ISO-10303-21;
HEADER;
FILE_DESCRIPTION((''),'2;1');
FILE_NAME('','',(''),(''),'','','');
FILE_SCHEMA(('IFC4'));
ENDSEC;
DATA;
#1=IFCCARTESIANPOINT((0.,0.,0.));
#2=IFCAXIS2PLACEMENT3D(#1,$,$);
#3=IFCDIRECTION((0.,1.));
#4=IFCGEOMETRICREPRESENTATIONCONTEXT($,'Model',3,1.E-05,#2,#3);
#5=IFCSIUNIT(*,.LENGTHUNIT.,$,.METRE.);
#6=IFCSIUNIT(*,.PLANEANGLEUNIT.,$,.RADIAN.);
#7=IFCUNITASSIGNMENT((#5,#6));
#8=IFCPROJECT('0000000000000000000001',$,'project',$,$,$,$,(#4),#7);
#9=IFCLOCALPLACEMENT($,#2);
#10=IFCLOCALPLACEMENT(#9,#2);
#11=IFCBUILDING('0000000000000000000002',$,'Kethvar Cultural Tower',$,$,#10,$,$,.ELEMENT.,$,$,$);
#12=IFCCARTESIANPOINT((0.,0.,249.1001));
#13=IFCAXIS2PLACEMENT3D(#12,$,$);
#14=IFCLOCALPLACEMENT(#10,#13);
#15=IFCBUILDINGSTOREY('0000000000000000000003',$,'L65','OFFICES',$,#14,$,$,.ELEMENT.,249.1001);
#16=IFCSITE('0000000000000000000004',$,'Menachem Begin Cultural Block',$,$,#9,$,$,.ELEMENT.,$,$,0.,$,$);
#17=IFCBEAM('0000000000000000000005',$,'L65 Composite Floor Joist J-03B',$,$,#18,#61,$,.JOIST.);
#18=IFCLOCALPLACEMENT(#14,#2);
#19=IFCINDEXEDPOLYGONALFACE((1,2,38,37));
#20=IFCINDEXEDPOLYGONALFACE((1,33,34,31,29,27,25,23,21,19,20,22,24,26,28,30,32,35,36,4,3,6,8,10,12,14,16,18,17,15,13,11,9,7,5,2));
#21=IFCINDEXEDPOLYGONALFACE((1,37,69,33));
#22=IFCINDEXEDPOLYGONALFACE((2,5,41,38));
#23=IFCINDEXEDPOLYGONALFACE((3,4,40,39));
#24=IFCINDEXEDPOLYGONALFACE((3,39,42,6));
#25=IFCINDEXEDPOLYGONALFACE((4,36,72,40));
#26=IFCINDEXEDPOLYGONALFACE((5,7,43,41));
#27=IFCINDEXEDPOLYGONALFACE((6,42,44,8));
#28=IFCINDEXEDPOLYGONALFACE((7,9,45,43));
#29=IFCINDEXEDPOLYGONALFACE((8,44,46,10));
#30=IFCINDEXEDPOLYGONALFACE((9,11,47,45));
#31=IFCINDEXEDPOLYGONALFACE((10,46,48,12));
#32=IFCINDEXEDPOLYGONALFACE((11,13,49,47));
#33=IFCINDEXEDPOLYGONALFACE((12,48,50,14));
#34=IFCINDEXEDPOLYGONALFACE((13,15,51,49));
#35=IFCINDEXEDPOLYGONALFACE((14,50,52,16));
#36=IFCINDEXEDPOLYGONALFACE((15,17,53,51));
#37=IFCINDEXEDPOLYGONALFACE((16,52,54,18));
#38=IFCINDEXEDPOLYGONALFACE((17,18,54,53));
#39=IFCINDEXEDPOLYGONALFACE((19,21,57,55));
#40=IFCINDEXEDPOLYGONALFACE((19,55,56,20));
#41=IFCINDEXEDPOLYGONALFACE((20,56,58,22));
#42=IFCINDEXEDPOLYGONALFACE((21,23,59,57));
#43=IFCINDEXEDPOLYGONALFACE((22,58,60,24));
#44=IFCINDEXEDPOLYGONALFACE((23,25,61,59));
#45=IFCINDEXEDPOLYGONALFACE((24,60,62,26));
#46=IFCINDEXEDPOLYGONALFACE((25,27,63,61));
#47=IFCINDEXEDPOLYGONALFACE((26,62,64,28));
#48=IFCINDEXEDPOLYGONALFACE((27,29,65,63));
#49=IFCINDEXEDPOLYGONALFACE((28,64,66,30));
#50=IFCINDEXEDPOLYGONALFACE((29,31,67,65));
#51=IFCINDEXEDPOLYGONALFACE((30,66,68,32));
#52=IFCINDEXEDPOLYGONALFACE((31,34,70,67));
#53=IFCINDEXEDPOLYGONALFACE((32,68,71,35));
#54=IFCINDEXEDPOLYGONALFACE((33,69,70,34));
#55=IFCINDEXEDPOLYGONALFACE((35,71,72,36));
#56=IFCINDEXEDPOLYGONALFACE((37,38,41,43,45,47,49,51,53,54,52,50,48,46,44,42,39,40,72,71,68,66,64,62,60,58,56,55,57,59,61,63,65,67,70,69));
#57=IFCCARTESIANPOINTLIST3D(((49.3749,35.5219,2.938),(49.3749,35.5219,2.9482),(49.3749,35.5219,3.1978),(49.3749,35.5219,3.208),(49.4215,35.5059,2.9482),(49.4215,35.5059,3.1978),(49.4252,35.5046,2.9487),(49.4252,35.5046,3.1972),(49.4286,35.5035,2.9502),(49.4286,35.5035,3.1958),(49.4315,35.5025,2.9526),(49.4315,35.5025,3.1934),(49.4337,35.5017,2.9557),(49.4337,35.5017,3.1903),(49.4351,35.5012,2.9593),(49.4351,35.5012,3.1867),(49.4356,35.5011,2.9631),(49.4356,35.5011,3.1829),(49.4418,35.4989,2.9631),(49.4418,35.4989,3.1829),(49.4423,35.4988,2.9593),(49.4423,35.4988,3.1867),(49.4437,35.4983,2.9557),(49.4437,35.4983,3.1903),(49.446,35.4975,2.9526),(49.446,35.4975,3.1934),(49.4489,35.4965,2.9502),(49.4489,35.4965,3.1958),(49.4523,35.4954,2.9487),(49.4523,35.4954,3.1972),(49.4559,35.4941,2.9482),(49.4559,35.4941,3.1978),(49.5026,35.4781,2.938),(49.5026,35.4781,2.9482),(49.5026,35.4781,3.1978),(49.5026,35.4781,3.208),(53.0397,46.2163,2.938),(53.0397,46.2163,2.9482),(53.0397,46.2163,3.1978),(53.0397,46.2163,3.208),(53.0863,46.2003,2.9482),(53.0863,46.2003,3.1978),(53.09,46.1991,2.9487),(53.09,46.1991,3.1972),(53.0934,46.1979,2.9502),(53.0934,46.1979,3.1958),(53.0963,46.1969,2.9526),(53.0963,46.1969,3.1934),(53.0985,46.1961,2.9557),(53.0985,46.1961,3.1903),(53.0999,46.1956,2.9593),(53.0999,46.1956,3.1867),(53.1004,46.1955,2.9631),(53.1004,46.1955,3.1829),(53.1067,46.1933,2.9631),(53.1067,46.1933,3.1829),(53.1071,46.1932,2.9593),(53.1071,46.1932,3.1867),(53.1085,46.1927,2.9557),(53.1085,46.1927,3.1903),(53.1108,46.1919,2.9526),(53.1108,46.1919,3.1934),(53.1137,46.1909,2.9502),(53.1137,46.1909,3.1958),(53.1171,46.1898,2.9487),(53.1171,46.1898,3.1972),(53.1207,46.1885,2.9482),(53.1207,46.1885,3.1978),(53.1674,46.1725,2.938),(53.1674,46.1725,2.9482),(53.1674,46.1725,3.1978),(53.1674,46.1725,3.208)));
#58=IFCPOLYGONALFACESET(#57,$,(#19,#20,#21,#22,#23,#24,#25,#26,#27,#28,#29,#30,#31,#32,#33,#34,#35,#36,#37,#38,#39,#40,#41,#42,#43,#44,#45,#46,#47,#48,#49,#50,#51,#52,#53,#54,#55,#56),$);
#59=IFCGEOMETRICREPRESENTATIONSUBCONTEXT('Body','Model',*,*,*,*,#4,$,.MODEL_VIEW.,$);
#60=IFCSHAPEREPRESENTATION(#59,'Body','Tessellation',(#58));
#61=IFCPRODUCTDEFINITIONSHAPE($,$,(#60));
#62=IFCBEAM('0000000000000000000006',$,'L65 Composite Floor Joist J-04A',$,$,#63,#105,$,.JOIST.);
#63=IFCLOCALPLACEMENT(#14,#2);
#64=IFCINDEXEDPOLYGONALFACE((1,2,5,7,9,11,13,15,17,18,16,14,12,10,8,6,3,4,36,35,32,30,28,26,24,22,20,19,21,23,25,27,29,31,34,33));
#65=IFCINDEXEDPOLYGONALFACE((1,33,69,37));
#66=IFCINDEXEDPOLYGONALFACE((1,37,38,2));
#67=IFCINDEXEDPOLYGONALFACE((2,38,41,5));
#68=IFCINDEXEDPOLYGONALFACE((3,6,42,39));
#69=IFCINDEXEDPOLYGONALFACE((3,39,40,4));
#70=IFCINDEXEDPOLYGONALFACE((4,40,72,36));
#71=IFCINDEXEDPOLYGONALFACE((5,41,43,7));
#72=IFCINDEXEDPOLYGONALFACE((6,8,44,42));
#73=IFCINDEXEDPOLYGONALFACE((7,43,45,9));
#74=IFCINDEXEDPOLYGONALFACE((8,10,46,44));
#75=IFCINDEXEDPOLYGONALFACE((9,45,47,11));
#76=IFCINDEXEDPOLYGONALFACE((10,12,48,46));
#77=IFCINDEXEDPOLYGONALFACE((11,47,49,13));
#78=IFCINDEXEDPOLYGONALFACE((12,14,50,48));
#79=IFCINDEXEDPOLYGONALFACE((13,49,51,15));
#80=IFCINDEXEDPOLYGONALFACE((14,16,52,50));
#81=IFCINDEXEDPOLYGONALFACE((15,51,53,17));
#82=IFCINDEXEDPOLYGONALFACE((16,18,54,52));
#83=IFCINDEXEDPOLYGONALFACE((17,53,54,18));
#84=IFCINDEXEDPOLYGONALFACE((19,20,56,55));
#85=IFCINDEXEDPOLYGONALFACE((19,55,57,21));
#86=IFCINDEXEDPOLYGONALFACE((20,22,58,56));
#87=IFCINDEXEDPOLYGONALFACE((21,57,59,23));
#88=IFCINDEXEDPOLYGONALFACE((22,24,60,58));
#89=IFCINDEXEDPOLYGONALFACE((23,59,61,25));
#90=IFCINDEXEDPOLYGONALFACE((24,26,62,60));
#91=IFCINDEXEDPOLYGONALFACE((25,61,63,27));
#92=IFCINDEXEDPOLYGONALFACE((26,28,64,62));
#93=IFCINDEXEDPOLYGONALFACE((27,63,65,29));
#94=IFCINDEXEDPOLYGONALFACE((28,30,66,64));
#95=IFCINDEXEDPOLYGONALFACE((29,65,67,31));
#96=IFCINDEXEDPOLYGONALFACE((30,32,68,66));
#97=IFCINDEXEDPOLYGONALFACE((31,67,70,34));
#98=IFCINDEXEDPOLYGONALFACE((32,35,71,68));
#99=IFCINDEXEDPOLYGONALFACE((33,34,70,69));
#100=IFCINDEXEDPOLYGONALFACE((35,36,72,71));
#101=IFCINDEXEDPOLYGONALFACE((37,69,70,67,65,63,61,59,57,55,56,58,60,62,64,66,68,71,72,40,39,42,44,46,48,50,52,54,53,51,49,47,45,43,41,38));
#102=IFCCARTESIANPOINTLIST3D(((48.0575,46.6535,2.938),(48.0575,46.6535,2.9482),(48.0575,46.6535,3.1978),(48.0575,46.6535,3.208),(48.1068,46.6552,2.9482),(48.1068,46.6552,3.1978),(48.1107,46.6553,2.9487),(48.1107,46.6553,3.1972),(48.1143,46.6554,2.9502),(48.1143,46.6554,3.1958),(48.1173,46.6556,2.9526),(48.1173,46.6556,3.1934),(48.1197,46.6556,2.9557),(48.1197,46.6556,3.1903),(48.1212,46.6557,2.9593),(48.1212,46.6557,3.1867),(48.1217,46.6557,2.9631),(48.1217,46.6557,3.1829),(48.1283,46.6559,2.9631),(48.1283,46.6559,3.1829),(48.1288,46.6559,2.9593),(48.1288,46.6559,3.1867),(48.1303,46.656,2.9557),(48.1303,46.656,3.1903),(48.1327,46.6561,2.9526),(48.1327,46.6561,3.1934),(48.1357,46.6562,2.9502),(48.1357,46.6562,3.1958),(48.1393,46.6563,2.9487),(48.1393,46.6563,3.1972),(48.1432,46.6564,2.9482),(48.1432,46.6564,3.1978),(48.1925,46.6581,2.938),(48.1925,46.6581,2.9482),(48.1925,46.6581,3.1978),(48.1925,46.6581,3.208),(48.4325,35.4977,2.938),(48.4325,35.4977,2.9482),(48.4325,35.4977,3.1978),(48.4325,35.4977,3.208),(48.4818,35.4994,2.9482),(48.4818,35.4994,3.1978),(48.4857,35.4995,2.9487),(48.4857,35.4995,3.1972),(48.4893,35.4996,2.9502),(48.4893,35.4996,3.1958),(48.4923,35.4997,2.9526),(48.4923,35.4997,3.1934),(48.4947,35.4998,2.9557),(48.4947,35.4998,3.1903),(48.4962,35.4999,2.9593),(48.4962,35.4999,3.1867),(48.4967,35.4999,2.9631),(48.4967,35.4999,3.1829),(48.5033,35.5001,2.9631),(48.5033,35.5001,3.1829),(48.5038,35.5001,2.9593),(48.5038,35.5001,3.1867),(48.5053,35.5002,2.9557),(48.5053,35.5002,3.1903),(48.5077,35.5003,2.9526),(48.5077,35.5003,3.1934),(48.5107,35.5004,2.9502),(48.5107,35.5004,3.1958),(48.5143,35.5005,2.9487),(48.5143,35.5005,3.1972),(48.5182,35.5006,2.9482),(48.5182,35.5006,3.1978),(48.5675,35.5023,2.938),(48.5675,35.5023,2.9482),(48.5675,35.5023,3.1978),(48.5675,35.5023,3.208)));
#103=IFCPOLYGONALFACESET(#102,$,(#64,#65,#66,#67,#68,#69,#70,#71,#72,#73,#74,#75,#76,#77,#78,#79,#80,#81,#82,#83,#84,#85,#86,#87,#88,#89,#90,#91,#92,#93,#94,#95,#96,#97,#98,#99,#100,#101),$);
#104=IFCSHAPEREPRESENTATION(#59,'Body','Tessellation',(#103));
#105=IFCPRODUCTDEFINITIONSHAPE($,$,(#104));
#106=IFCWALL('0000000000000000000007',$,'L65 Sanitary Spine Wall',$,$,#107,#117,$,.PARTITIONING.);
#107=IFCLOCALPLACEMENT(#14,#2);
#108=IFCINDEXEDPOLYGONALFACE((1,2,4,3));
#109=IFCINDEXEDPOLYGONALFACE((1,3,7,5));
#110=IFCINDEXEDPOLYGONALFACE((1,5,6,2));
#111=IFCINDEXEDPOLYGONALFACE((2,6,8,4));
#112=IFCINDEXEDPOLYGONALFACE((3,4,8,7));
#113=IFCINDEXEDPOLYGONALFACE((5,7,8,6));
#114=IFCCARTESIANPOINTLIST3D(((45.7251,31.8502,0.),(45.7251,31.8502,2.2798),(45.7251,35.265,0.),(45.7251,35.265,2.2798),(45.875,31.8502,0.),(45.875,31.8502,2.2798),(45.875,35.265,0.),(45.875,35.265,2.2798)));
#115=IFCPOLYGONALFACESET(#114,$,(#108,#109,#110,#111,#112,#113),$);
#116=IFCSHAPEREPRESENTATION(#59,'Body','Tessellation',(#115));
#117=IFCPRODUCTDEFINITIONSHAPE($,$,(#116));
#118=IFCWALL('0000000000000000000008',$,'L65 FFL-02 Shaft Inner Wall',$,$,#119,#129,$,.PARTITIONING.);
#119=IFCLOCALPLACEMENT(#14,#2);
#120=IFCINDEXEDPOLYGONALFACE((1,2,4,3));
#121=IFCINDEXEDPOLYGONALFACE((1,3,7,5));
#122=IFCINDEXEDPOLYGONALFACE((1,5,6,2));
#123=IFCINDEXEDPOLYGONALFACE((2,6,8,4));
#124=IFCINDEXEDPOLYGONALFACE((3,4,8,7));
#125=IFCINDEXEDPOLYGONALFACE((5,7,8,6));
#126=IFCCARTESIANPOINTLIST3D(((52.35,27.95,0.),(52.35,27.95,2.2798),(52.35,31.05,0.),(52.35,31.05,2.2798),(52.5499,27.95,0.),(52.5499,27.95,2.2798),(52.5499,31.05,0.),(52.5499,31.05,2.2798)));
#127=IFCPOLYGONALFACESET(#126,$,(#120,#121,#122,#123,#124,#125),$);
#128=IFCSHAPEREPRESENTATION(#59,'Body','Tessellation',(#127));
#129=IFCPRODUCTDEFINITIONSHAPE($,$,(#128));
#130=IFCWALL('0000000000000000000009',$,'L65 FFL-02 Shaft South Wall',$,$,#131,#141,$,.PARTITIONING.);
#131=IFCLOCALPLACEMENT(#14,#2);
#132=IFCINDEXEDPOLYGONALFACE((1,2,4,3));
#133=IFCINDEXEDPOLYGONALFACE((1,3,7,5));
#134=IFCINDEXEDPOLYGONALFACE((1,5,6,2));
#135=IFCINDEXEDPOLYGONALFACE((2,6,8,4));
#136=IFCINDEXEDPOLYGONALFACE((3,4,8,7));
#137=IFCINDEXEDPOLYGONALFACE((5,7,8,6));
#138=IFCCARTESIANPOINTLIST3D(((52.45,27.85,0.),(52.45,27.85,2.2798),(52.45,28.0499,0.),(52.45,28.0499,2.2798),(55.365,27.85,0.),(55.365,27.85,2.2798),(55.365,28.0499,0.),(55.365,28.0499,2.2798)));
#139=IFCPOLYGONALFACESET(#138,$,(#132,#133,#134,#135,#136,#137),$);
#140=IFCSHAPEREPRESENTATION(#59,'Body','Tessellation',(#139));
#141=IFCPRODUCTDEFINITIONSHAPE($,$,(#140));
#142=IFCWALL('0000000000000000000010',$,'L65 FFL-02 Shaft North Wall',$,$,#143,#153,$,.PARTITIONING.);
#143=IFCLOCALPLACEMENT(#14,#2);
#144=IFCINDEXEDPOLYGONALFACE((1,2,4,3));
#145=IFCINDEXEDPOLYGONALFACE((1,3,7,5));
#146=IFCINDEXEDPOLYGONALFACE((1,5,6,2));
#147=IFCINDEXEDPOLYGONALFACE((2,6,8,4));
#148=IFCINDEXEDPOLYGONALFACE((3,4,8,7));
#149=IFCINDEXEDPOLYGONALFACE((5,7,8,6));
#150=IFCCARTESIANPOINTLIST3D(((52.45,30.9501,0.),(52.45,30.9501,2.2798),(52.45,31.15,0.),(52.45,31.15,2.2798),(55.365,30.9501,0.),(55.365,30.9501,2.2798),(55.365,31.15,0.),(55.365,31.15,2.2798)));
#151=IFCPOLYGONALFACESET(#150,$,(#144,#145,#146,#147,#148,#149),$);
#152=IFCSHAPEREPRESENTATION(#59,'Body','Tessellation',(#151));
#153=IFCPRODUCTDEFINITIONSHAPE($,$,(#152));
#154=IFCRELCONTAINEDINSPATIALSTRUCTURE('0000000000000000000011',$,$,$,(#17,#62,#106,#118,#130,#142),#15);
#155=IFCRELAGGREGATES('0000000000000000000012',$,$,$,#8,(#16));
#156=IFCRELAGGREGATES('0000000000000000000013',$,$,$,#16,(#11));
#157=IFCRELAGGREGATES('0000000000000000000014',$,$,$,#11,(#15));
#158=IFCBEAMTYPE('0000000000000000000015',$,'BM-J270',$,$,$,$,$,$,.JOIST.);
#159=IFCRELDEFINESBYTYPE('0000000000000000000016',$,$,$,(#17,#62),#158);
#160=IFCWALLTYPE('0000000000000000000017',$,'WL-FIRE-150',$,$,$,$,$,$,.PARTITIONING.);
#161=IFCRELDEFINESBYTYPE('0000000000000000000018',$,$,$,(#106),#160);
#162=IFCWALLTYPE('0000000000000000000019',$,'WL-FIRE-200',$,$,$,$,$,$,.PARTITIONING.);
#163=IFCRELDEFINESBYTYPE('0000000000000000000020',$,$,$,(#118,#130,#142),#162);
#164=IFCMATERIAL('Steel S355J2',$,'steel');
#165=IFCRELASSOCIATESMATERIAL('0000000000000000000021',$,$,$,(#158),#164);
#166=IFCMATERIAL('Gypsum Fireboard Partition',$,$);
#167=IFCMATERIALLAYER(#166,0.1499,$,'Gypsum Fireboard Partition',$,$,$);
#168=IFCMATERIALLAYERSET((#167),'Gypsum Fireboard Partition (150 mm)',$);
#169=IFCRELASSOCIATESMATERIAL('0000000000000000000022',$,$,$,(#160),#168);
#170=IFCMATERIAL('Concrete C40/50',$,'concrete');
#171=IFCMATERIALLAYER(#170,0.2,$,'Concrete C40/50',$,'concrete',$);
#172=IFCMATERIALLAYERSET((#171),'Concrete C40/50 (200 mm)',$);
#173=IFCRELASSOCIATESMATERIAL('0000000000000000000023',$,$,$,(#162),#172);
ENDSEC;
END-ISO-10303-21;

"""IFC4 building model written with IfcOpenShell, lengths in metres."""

from ifc_helpers import new_model, si_unit, direction, frame, frame_2d, origin, origin_2d, place, context, subcontext, project, spatial, rectangle, i_section, extrude, source, transform, mapped, material, layer, layer_set, material_profile, profile_set, type_object, element, save


model = new_model("IFC4")

# Units and contexts
model_context = context("Model", 3, precision=1e-05, world=origin(), true_north=direction((0.0, 1.0)))
body_context = subcontext(model_context, "Body", "Model", "MODEL_VIEW")
ifc_project = project(units=[si_unit("LENGTHUNIT", "METRE"), si_unit("PLANEANGLEUNIT", "RADIAN")], contexts=[model_context])

# Site, building, storey
site_placement = place(None, origin())
site = spatial("IfcSite", under=ifc_project, at=site_placement, Name="Menachem Begin Cultural Block", CompositionType="ELEMENT", RefElevation=0.0)
building_placement = place(site_placement, origin())
building = spatial("IfcBuilding", under=site, at=building_placement, Name="Kethvar Cultural Tower", CompositionType="ELEMENT")
storey_placement = place(building_placement, frame((0.0, 0.0, 249.1001)))
storey = spatial("IfcBuildingStorey", under=building, at=storey_placement, Name="L65", Description="OFFICES", CompositionType="ELEMENT", Elevation=249.1001)

# Beams
ifc_material_1 = material(Name="Steel S355J2", Category="steel")
ifc_material_profile_1 = material_profile(ifc_material_1, i_section(OverallWidth=0.135, OverallDepth=0.27, WebThickness=0.0066, FlangeThickness=0.0103, FilletRadius=0.0149, at=origin_2d()), Name="Steel S355J2 — IPE270")
ifc_profile_set_1 = profile_set([ifc_material_profile_1], Name="Steel S355J2 — IPE270")
beam_type_1 = type_object("IfcBeamType", Name="BM-J270", PredefinedType="JOIST", material=ifc_profile_set_1)
shared_shape_1 = source(origin(), body_context, "Body", "SweptSolid", [
    extrude(i_section(OverallWidth=0.135, OverallDepth=0.27, WebThickness=0.0066, FlangeThickness=0.0103, FilletRadius=0.0149, at=origin_2d()), origin(), (0.0, 0.0, 1.0), 11.3049),
])
beam_1_placement = place(storey_placement, frame((49.4387, 35.5, 3.073), z_axis=(0.324179, 0.945996, 0.0), x_axis=(-0.945996, 0.324179, 0.0)))
element("IfcBeam", 1, at=beam_1_placement, inside=storey, type_object=beam_type_1, Name="L65 Composite Floor Joist J-03B", PredefinedType="JOIST", context=body_context, shape_type="MappedRepresentation", body=[
    mapped(shared_shape_1, transform((0.0, 0.0, 0.0), scale=1.0)),
])
shared_shape_2 = source(origin(), body_context, "Body", "SweptSolid", [
    extrude(i_section(OverallWidth=0.135, OverallDepth=0.27, WebThickness=0.0066, FlangeThickness=0.0103, FilletRadius=0.0149, at=origin_2d()), origin(), (0.0, 0.0, 1.0), 11.1621),
])
beam_2_placement = place(storey_placement, frame((48.5, 35.5, 3.073), z_axis=(-0.033596, 0.999435, 0.0), x_axis=(-0.999435, -0.033596, 0.0)))
element("IfcBeam", 2, at=beam_2_placement, inside=storey, type_object=beam_type_1, Name="L65 Composite Floor Joist J-04A", PredefinedType="JOIST", context=body_context, shape_type="MappedRepresentation", body=[
    mapped(shared_shape_2, transform((0.0, 0.0, 0.0), scale=1.0)),
])

# Walls
ifc_material_2 = material(Name="Gypsum Fireboard Partition")
ifc_layer_1 = layer(ifc_material_2, 0.1499, Name="Gypsum Fireboard Partition")
ifc_layer_set_1 = layer_set([ifc_layer_1], Name="Gypsum Fireboard Partition (150 mm)")
wall_type_1 = type_object("IfcWallType", Name="WL-FIRE-150", PredefinedType="PARTITIONING", material=ifc_layer_set_1)
wall_1_placement = place(storey_placement, frame((45.8, 31.8501, 0.0), z_axis=(0.0, 0.0, 1.0), x_axis=(0.0, 1.0, 0.0)))
element("IfcWall", 3, at=wall_1_placement, inside=storey, type_object=wall_type_1, Name="L65 Sanitary Spine Wall", PredefinedType="PARTITIONING", context=body_context, shape_type="SweptSolid", body=[
    extrude(rectangle(XDim=3.4148, YDim=0.1499, at=frame_2d((1.7075, 0.0))), origin(), (0.0, 0.0, 1.0), 2.2798),
])
ifc_material_3 = material(Name="Concrete C40/50", Category="concrete")
ifc_layer_2 = layer(ifc_material_3, 0.2, Name="Concrete C40/50", Category="concrete")
ifc_layer_set_2 = layer_set([ifc_layer_2], Name="Concrete C40/50 (200 mm)")
wall_type_2 = type_object("IfcWallType", Name="WL-FIRE-200", PredefinedType="PARTITIONING", material=ifc_layer_set_2)
wall_2_placement = place(storey_placement, frame((52.45, 27.95, 0.0), z_axis=(0.0, 0.0, 1.0), x_axis=(0.0, 1.0, 0.0)))
element("IfcWall", 4, at=wall_2_placement, inside=storey, type_object=wall_type_2, Name="L65 FFL-02 Shaft Inner Wall", PredefinedType="PARTITIONING", context=body_context, shape_type="SweptSolid", body=[
    extrude(rectangle(XDim=3.1001, YDim=0.2, at=frame_2d((1.55, 0.0))), origin(), (0.0, 0.0, 1.0), 2.2798),
])
for number, where, z_axis, x_axis, name in (
    (5, (52.45, 27.95, 0.0), (0.0, 0.0, 1.0), (1.0, 0.0, 0.0), "L65 FFL-02 Shaft South Wall"),
    (6, (52.45, 31.05, 0.0), (0.0, 0.0, 1.0), (1.0, 0.0, 0.0), "L65 FFL-02 Shaft North Wall"),
):
    element("IfcWall", number, at=place(storey_placement, frame(where, z_axis=z_axis, x_axis=x_axis)), inside=storey, type_object=wall_type_2, Name=name, PredefinedType="PARTITIONING", context=body_context, shape_type="SweptSolid", body=[
        extrude(rectangle(XDim=2.915, YDim=0.2, at=frame_2d((1.4575, 0.0))), origin(), (0.0, 0.0, 1.0), 2.2798),
    ])

save(model, "model.ifc")
